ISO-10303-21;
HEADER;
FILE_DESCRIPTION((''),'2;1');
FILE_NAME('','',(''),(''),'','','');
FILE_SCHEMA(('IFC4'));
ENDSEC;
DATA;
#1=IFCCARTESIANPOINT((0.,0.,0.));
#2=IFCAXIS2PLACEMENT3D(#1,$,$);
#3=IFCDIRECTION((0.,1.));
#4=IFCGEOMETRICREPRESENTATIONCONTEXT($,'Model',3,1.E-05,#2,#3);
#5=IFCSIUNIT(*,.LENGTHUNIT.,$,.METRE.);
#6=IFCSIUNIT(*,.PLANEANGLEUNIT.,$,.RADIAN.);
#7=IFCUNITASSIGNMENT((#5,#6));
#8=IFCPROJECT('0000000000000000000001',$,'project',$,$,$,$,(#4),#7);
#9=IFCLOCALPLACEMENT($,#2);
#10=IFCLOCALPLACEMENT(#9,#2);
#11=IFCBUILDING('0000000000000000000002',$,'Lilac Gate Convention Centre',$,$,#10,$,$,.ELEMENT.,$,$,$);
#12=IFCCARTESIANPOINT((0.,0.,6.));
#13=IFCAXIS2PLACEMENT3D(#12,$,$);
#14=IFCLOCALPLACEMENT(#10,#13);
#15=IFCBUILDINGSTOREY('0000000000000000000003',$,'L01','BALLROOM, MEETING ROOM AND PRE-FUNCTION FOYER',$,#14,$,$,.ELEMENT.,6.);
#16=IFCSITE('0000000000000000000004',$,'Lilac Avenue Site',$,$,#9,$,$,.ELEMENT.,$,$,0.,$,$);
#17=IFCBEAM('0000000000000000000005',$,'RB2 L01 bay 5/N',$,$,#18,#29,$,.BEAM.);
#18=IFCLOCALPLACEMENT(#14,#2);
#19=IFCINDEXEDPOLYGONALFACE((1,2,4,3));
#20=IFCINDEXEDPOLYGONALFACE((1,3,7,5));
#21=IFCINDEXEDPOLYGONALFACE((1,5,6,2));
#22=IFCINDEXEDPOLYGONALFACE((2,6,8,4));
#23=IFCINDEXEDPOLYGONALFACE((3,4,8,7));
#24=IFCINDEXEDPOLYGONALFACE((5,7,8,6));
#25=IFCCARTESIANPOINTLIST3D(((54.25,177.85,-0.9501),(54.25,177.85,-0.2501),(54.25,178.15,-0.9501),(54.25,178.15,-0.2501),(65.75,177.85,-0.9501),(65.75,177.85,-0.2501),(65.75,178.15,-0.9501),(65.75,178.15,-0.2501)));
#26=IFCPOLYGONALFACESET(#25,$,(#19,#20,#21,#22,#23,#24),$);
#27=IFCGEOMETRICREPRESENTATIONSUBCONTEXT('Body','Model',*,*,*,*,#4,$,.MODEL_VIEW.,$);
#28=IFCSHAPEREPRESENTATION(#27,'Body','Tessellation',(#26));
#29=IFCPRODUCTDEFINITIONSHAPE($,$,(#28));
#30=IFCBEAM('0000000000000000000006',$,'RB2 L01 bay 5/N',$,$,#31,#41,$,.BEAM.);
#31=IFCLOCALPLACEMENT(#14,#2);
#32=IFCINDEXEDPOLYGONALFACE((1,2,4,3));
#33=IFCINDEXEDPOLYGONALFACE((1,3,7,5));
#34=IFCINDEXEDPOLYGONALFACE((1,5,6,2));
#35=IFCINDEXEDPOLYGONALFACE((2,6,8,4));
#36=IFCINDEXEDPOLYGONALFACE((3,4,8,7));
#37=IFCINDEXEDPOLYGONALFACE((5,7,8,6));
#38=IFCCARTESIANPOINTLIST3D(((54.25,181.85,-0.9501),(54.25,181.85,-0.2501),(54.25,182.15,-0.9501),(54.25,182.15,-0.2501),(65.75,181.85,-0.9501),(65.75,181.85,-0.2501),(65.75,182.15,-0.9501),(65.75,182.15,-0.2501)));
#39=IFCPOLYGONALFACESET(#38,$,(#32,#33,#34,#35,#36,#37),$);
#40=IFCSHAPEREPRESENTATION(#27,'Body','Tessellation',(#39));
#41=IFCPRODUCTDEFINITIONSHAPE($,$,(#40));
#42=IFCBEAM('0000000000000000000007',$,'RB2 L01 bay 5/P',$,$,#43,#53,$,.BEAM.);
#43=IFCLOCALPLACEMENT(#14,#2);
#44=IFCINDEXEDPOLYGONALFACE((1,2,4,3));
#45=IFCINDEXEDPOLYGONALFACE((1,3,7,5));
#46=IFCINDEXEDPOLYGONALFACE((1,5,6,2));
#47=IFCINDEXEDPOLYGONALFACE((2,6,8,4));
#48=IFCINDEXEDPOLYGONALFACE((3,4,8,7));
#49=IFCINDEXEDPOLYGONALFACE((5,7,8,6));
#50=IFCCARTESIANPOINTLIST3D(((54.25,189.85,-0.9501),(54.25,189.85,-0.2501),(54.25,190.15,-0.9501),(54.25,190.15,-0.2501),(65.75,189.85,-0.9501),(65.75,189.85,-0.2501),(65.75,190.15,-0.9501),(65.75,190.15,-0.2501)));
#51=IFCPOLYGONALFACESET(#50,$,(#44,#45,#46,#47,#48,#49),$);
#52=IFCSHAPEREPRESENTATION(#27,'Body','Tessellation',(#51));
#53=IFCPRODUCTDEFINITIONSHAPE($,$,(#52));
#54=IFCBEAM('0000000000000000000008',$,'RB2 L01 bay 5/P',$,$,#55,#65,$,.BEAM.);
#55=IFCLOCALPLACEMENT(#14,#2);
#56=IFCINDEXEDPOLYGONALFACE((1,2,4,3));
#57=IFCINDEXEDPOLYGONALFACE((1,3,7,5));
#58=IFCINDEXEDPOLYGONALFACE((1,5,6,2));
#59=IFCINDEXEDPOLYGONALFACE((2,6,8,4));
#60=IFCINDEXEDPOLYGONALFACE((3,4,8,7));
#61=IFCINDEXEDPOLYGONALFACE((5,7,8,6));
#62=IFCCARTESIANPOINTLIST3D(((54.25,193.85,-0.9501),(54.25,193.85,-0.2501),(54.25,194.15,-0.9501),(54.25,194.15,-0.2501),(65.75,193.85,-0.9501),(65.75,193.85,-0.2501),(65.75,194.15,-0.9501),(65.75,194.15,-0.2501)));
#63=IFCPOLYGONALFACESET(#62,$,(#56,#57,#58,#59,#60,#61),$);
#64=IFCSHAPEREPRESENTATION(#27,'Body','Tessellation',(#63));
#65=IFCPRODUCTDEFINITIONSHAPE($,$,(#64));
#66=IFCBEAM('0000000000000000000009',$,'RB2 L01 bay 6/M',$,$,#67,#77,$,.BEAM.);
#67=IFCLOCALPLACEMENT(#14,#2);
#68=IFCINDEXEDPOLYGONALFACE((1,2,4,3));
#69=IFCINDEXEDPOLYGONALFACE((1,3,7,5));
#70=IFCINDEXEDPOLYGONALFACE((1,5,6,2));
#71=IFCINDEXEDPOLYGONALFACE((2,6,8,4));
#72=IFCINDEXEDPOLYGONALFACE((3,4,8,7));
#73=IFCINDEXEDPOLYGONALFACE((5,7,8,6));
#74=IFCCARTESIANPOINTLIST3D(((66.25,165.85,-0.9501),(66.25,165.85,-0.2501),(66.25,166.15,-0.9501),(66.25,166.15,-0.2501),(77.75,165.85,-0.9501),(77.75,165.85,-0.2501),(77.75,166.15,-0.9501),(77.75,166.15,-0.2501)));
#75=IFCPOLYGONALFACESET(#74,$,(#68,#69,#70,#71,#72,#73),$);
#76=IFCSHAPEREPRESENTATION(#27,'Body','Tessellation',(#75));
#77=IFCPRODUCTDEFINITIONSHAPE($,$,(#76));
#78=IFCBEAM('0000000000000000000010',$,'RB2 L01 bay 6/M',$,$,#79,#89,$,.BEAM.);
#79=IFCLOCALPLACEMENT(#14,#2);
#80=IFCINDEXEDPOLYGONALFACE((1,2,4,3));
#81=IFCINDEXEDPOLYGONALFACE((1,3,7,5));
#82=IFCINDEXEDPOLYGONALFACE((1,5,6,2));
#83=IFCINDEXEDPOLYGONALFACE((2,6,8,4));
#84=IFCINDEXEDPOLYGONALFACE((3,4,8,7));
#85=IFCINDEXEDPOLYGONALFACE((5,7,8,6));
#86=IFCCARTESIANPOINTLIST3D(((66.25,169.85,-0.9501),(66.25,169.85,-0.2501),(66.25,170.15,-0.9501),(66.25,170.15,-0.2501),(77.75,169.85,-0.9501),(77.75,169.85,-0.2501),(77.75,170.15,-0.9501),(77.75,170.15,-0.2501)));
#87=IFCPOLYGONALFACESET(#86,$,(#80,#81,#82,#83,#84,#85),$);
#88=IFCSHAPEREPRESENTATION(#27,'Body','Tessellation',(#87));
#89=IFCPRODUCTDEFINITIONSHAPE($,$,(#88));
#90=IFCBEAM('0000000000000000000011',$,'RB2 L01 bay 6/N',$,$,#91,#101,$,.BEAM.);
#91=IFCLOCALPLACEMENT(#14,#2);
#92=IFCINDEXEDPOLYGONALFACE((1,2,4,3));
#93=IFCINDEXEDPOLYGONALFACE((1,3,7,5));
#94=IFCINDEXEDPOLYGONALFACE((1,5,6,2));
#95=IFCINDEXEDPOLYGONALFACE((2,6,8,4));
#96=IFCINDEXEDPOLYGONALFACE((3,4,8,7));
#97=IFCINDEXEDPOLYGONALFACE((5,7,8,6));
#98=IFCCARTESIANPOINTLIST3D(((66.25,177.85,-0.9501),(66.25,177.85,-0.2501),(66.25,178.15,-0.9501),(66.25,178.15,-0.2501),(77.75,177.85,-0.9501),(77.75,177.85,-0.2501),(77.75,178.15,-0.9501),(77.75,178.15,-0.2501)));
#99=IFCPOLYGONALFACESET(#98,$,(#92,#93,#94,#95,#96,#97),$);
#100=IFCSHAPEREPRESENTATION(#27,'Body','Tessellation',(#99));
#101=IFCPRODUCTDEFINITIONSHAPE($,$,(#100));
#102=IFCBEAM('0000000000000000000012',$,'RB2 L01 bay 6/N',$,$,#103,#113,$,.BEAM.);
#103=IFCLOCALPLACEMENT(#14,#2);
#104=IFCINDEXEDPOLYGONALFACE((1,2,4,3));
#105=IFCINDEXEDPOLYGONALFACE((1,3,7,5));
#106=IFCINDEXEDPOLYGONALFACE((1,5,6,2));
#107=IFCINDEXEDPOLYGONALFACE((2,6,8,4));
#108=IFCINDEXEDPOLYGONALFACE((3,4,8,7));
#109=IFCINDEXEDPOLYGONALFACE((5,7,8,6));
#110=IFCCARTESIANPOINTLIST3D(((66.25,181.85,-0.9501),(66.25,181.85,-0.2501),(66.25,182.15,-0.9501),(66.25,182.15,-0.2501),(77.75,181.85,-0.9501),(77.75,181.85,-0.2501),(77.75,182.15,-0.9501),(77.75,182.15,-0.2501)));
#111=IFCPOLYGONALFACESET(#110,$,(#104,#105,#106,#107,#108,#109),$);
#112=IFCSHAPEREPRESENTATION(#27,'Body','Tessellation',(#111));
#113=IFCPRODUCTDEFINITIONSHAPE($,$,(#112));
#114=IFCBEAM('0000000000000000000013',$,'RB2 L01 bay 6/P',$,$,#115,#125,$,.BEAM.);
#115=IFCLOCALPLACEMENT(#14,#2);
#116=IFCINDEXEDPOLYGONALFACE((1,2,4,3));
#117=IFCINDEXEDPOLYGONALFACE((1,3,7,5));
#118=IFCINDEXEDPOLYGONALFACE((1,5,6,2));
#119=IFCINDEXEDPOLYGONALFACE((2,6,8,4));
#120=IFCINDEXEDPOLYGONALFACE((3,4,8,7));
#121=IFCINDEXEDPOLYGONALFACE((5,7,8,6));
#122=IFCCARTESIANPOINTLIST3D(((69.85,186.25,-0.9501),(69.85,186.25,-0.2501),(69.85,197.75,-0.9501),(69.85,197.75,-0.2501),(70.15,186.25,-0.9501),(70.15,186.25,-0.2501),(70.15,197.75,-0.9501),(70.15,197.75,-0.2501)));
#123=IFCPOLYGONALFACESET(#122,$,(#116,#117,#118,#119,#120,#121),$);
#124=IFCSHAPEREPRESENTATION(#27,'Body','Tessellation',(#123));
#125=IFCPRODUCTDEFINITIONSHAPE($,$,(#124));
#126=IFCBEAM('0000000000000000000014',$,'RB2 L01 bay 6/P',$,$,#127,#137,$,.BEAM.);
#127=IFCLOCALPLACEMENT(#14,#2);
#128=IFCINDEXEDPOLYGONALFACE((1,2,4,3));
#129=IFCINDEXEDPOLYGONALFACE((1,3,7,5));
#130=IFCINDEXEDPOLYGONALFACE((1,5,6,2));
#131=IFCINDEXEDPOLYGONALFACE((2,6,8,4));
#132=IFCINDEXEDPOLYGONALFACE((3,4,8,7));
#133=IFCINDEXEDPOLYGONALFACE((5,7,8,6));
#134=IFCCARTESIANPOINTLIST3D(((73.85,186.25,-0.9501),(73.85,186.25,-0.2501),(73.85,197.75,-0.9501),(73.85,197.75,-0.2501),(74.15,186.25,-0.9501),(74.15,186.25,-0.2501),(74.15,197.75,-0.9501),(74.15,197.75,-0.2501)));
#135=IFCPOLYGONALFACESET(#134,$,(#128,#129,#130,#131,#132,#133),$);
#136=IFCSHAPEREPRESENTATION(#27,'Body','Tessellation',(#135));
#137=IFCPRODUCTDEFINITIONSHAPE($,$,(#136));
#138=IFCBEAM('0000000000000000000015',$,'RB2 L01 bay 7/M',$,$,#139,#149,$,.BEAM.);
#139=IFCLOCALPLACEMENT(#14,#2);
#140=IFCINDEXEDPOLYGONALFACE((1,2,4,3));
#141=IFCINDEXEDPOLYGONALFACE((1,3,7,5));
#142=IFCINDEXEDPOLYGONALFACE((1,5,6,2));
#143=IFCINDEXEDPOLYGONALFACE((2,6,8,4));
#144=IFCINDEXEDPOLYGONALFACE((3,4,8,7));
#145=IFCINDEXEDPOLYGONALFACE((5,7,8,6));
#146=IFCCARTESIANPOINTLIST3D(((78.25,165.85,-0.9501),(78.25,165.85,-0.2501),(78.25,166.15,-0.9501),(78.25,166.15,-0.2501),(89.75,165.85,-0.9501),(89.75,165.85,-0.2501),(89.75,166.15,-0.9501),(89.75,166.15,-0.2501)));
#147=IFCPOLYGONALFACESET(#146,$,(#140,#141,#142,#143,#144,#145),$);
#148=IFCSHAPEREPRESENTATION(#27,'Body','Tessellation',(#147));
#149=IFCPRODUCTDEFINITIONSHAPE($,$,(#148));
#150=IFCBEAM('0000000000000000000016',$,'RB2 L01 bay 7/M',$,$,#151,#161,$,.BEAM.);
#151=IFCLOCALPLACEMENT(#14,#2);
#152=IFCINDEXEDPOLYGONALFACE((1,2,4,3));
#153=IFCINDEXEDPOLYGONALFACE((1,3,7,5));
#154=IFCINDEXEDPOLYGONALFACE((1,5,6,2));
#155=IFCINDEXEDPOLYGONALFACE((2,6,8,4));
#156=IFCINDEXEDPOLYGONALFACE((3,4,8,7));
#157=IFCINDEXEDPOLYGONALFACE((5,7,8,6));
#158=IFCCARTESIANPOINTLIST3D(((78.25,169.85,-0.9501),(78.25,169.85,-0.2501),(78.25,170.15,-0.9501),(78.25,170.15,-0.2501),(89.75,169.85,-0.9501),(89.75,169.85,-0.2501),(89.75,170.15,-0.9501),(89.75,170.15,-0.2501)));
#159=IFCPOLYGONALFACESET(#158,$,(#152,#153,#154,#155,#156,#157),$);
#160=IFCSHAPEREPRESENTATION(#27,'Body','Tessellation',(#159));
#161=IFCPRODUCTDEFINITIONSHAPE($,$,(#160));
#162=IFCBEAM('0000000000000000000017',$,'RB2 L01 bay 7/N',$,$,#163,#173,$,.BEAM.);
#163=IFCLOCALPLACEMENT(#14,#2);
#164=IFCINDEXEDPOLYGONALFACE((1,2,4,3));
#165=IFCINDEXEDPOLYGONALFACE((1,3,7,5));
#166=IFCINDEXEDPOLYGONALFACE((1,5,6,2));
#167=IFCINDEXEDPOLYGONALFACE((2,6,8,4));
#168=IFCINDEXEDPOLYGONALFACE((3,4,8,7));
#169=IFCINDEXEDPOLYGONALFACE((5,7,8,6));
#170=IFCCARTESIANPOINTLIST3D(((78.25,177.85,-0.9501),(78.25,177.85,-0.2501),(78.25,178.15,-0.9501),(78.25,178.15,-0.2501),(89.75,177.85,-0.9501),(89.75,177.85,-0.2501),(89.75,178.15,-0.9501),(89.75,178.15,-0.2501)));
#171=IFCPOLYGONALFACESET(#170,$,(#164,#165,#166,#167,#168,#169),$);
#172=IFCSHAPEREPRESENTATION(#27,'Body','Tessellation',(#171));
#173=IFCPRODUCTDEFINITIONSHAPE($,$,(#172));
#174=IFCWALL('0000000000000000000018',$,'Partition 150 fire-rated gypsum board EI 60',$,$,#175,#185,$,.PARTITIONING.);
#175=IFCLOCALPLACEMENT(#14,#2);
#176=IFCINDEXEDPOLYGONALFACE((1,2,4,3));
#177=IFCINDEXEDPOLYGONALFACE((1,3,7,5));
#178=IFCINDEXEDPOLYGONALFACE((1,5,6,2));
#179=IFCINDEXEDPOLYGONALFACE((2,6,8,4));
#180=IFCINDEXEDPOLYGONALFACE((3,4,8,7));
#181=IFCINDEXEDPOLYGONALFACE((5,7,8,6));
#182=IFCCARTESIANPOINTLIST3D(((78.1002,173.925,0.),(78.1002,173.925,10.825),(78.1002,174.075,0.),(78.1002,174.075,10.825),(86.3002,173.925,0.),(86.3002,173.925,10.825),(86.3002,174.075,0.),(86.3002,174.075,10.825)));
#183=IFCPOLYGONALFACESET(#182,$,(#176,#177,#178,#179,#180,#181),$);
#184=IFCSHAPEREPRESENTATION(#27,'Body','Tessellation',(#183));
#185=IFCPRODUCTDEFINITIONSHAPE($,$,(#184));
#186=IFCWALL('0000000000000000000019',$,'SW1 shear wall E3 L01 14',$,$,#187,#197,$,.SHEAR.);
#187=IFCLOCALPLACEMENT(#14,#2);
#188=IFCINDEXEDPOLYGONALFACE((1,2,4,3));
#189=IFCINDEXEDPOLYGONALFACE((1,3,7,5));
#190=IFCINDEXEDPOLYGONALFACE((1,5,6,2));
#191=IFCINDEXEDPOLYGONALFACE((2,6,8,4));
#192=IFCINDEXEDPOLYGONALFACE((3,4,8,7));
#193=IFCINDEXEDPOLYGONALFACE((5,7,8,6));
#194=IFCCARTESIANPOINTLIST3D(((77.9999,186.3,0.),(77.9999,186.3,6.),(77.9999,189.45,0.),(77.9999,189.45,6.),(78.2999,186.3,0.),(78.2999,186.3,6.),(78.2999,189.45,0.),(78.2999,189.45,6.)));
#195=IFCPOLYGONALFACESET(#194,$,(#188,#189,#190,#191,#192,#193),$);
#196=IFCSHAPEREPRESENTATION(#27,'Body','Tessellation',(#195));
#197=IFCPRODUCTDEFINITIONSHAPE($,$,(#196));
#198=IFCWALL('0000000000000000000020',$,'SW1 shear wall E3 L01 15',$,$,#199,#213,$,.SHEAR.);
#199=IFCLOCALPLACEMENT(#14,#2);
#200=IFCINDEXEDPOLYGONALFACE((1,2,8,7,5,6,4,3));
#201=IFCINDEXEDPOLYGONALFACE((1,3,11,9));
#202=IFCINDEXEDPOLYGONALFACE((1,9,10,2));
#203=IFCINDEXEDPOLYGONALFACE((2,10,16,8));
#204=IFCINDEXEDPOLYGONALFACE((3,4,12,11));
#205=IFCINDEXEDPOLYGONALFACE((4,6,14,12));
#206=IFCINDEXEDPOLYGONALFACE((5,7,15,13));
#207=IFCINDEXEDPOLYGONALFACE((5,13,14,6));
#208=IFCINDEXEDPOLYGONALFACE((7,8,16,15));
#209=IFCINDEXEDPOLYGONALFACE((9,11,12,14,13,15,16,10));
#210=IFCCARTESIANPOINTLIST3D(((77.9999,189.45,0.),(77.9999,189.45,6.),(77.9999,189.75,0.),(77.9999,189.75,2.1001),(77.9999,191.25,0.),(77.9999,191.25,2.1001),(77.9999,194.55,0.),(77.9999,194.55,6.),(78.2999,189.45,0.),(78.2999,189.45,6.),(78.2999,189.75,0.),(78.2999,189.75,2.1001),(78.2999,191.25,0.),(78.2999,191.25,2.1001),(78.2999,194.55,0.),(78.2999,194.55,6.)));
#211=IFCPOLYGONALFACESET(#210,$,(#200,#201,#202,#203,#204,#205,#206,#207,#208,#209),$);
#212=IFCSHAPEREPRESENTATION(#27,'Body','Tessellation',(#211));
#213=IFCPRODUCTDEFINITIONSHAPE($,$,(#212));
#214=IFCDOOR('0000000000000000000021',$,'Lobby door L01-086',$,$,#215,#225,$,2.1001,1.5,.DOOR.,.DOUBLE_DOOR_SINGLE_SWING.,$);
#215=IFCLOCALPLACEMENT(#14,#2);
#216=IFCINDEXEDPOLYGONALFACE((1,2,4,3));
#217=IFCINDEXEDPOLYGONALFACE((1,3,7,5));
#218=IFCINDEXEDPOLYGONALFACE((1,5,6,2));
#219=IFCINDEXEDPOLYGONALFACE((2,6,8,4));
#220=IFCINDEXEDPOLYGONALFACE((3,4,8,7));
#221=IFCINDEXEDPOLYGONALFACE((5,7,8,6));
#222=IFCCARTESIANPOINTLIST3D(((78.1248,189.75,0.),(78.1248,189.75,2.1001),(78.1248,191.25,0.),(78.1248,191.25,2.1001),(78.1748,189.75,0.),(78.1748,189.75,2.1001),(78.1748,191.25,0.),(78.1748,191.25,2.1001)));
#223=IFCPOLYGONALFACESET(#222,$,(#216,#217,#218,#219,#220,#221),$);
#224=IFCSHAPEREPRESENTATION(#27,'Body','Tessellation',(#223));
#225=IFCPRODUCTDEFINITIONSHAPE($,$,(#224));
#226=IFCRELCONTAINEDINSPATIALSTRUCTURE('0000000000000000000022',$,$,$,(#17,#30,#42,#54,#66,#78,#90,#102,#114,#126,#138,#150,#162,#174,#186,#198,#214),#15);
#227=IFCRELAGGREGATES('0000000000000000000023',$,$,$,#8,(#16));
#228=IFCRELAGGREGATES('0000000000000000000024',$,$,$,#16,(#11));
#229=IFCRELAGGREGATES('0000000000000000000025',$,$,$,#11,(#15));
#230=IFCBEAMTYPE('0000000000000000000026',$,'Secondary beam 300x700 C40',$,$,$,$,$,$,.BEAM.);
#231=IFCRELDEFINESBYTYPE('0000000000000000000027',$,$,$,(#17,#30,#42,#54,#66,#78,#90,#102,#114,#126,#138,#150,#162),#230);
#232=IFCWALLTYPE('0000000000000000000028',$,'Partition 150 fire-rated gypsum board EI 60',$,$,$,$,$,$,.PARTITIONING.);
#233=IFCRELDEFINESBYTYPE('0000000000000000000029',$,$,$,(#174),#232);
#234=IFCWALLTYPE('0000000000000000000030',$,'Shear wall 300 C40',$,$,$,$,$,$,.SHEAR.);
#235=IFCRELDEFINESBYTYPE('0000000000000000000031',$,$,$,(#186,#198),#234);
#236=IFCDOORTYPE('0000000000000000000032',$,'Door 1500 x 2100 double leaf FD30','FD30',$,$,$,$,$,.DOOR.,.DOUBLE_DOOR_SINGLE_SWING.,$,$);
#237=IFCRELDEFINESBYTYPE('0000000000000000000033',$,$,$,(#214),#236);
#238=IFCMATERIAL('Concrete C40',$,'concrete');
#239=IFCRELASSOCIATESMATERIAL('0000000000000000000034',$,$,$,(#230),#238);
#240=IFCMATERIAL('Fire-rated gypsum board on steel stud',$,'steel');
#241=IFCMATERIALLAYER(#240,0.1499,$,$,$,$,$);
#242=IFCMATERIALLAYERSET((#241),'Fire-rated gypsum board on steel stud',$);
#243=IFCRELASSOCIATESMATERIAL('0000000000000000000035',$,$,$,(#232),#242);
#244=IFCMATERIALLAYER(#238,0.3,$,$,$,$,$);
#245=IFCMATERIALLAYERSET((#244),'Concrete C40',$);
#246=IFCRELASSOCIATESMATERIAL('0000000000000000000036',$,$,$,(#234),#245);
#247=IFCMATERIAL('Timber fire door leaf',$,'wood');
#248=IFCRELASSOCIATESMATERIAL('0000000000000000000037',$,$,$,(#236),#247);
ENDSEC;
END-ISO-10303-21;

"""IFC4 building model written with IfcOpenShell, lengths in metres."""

from ifc_helpers import new_model, si_unit, direction, frame, frame_2d, origin, origin_2d, place, context, subcontext, project, spatial, rectangle, extrude, material, layer, layer_set, material_profile, profile_set, type_object, element, fill, save


model = new_model("IFC4")

# Units and contexts
model_context = context("Model", 3, precision=1e-05, world=origin(), true_north=direction((0.0, 1.0)))
body_context = subcontext(model_context, "Body", "Model", "MODEL_VIEW")
ifc_project = project(units=[si_unit("LENGTHUNIT", "METRE"), si_unit("PLANEANGLEUNIT", "RADIAN")], contexts=[model_context])

# Site, building, storey
site_placement = place(None, origin())
site = spatial("IfcSite", under=ifc_project, at=site_placement, Name="Lilac Avenue Site", CompositionType="ELEMENT", RefElevation=0.0)
building_placement = place(site_placement, origin())
building = spatial("IfcBuilding", under=site, at=building_placement, Name="Lilac Gate Convention Centre", CompositionType="ELEMENT")
storey_placement = place(building_placement, frame((0.0, 0.0, 6.0)))
storey = spatial("IfcBuildingStorey", under=building, at=storey_placement, Name="L01", Description="BALLROOM, MEETING ROOM AND PRE-FUNCTION FOYER", CompositionType="ELEMENT", Elevation=6.0)

# Shared definitions
ifc_material_1 = material(Name="Concrete C40", Category="concrete")

# Beams
ifc_material_profile_1 = material_profile(ifc_material_1, rectangle(XDim=0.3, YDim=0.7, at=origin_2d()), Name="RC 300x700")
ifc_profile_set_1 = profile_set([ifc_material_profile_1], Name="Concrete C40")
beam_type_1 = type_object("IfcBeamType", Name="Secondary beam 300x700 C40", PredefinedType="BEAM", material=ifc_profile_set_1)
for number, where, z_axis, x_axis, name in (
    (1, (54.25, 178.0, -0.6001), (1.0, 0.0, 0.0), (0.0, 1.0, 0.0), "RB2 L01 bay 5/N"),
    (2, (54.25, 182.0, -0.6001), (1.0, 0.0, 0.0), (0.0, 1.0, 0.0), "RB2 L01 bay 5/N"),
    (3, (54.25, 190.0, -0.6001), (1.0, 0.0, 0.0), (0.0, 1.0, 0.0), "RB2 L01 bay 5/P"),
    (4, (54.25, 194.0, -0.6001), (1.0, 0.0, 0.0), (0.0, 1.0, 0.0), "RB2 L01 bay 5/P"),
    (5, (66.25, 166.0, -0.6001), (1.0, 0.0, 0.0), (0.0, 1.0, 0.0), "RB2 L01 bay 6/M"),
    (6, (66.25, 170.0, -0.6001), (1.0, 0.0, 0.0), (0.0, 1.0, 0.0), "RB2 L01 bay 6/M"),
    (7, (66.25, 178.0, -0.6001), (1.0, 0.0, 0.0), (0.0, 1.0, 0.0), "RB2 L01 bay 6/N"),
    (8, (66.25, 182.0, -0.6001), (1.0, 0.0, 0.0), (0.0, 1.0, 0.0), "RB2 L01 bay 6/N"),
    (9, (70.0, 186.25, -0.6001), (0.0, 1.0, 0.0), (-1.0, 0.0, 0.0), "RB2 L01 bay 6/P"),
    (10, (74.0, 186.25, -0.6001), (0.0, 1.0, 0.0), (-1.0, 0.0, 0.0), "RB2 L01 bay 6/P"),
    (11, (78.25, 166.0, -0.6001), (1.0, 0.0, 0.0), (0.0, 1.0, 0.0), "RB2 L01 bay 7/M"),
    (12, (78.25, 170.0, -0.6001), (1.0, 0.0, 0.0), (0.0, 1.0, 0.0), "RB2 L01 bay 7/M"),
    (13, (78.25, 178.0, -0.6001), (1.0, 0.0, 0.0), (0.0, 1.0, 0.0), "RB2 L01 bay 7/N"),
):
    element("IfcBeam", number, at=place(storey_placement, frame(where, z_axis=z_axis, x_axis=x_axis)), inside=storey, type_object=beam_type_1, Name=name, PredefinedType="BEAM", context=body_context, shape_type="SweptSolid", body=[
        extrude(rectangle(XDim=0.3, YDim=0.7, at=origin_2d()), origin(), (0.0, 0.0, 1.0), 11.5),
    ])

# Walls
ifc_material_2 = material(Name="Fire-rated gypsum board on steel stud", Category="steel")
ifc_layer_1 = layer(ifc_material_2, 0.1499)
ifc_layer_set_1 = layer_set([ifc_layer_1], Name="Fire-rated gypsum board on steel stud")
wall_type_1 = type_object("IfcWallType", Name="Partition 150 fire-rated gypsum board EI 60", PredefinedType="PARTITIONING", material=ifc_layer_set_1)
wall_1_placement = place(storey_placement, frame((78.1001, 174.0, 0.0), z_axis=(0.0, 0.0, 1.0), x_axis=(1.0, 0.0, 0.0)))
element("IfcWall", 14, at=wall_1_placement, inside=storey, type_object=wall_type_1, Name="Partition 150 fire-rated gypsum board EI 60", PredefinedType="PARTITIONING", context=body_context, shape_type="SweptSolid", body=[
    extrude(rectangle(XDim=8.2, YDim=0.1499, at=frame_2d((4.1001, 0.0))), origin(), (0.0, 0.0, 1.0), 10.825),
])
ifc_layer_2 = layer(ifc_material_1, 0.3)
ifc_layer_set_2 = layer_set([ifc_layer_2], Name="Concrete C40")
wall_type_2 = type_object("IfcWallType", Name="Shear wall 300 C40", PredefinedType="SHEAR", material=ifc_layer_set_2)
wall_2_placement = place(storey_placement, frame((78.1499, 186.3, 0.0), z_axis=(0.0, 0.0, 1.0), x_axis=(0.0, 1.0, 0.0)))
element("IfcWall", 15, at=wall_2_placement, inside=storey, type_object=wall_type_2, Name="SW1 shear wall E3 L01 14", PredefinedType="SHEAR", context=body_context, shape_type="SweptSolid", body=[
    extrude(rectangle(XDim=3.1499, YDim=0.3, at=frame_2d((1.575, 0.0))), origin(), (0.0, 0.0, 1.0), 6.0),
])

# Wall, opening, door
wall_3_placement = place(storey_placement, frame((78.1499, 189.45, 0.0), z_axis=(0.0, 0.0, 1.0), x_axis=(0.0, 1.0, 0.0)))
wall_3 = element("IfcWall", 16, at=wall_3_placement, inside=storey, type_object=wall_type_2, Name="SW1 shear wall E3 L01 15", PredefinedType="SHEAR", context=body_context, shape_type="SweptSolid", body=[
    extrude(rectangle(XDim=5.1001, YDim=0.3, at=frame_2d((2.55, 0.0))), origin(), (0.0, 0.0, 1.0), 6.0),
])
opening_1_placement = place(wall_3_placement, frame((0.3, 0.0, 0.0)))
opening_1 = element("IfcOpeningElement", 17, at=opening_1_placement, cuts=wall_3, PredefinedType="OPENING", context=body_context, shape_type="SweptSolid", body=[
    extrude(rectangle(XDim=1.5, YDim=2.1001, at=frame_2d((0.75, 1.05))), frame((0.0, 0.1599, 0.0), z_axis=(0.0, -1.0, 0.0), x_axis=(1.0, 0.0, 0.0)), (0.0, 0.0, 1.0), 0.3201),
])
ifc_material_3 = material(Name="Timber fire door leaf", Category="wood")
door_type_1 = type_object("IfcDoorType", Name="Door 1500 x 2100 double leaf FD30", Description="FD30", OperationType="DOUBLE_DOOR_SINGLE_SWING", PredefinedType="DOOR", material=ifc_material_3)
door_1_placement = place(opening_1_placement, frame((1.5, 0.0, 0.0), z_axis=(0.0, 0.0, 1.0), x_axis=(-1.0, 0.0, 0.0)))
door_1 = element("IfcDoor", 18, at=door_1_placement, inside=storey, type_object=door_type_1, Name="Lobby door L01-086", OperationType="DOUBLE_DOOR_SINGLE_SWING", OverallHeight=2.1001, OverallWidth=1.5, PredefinedType="DOOR", context=body_context, shape_type="SweptSolid", body=[
    extrude(rectangle(XDim=1.5, YDim=2.1001, at=frame_2d((0.75, 1.05))), frame((0.0, 0.0249, 0.0), z_axis=(0.0, -1.0, 0.0), x_axis=(1.0, 0.0, 0.0)), (0.0, 0.0, 1.0), 0.05),
])
fill(opening_1, door_1)

save(model, "model.ifc")
